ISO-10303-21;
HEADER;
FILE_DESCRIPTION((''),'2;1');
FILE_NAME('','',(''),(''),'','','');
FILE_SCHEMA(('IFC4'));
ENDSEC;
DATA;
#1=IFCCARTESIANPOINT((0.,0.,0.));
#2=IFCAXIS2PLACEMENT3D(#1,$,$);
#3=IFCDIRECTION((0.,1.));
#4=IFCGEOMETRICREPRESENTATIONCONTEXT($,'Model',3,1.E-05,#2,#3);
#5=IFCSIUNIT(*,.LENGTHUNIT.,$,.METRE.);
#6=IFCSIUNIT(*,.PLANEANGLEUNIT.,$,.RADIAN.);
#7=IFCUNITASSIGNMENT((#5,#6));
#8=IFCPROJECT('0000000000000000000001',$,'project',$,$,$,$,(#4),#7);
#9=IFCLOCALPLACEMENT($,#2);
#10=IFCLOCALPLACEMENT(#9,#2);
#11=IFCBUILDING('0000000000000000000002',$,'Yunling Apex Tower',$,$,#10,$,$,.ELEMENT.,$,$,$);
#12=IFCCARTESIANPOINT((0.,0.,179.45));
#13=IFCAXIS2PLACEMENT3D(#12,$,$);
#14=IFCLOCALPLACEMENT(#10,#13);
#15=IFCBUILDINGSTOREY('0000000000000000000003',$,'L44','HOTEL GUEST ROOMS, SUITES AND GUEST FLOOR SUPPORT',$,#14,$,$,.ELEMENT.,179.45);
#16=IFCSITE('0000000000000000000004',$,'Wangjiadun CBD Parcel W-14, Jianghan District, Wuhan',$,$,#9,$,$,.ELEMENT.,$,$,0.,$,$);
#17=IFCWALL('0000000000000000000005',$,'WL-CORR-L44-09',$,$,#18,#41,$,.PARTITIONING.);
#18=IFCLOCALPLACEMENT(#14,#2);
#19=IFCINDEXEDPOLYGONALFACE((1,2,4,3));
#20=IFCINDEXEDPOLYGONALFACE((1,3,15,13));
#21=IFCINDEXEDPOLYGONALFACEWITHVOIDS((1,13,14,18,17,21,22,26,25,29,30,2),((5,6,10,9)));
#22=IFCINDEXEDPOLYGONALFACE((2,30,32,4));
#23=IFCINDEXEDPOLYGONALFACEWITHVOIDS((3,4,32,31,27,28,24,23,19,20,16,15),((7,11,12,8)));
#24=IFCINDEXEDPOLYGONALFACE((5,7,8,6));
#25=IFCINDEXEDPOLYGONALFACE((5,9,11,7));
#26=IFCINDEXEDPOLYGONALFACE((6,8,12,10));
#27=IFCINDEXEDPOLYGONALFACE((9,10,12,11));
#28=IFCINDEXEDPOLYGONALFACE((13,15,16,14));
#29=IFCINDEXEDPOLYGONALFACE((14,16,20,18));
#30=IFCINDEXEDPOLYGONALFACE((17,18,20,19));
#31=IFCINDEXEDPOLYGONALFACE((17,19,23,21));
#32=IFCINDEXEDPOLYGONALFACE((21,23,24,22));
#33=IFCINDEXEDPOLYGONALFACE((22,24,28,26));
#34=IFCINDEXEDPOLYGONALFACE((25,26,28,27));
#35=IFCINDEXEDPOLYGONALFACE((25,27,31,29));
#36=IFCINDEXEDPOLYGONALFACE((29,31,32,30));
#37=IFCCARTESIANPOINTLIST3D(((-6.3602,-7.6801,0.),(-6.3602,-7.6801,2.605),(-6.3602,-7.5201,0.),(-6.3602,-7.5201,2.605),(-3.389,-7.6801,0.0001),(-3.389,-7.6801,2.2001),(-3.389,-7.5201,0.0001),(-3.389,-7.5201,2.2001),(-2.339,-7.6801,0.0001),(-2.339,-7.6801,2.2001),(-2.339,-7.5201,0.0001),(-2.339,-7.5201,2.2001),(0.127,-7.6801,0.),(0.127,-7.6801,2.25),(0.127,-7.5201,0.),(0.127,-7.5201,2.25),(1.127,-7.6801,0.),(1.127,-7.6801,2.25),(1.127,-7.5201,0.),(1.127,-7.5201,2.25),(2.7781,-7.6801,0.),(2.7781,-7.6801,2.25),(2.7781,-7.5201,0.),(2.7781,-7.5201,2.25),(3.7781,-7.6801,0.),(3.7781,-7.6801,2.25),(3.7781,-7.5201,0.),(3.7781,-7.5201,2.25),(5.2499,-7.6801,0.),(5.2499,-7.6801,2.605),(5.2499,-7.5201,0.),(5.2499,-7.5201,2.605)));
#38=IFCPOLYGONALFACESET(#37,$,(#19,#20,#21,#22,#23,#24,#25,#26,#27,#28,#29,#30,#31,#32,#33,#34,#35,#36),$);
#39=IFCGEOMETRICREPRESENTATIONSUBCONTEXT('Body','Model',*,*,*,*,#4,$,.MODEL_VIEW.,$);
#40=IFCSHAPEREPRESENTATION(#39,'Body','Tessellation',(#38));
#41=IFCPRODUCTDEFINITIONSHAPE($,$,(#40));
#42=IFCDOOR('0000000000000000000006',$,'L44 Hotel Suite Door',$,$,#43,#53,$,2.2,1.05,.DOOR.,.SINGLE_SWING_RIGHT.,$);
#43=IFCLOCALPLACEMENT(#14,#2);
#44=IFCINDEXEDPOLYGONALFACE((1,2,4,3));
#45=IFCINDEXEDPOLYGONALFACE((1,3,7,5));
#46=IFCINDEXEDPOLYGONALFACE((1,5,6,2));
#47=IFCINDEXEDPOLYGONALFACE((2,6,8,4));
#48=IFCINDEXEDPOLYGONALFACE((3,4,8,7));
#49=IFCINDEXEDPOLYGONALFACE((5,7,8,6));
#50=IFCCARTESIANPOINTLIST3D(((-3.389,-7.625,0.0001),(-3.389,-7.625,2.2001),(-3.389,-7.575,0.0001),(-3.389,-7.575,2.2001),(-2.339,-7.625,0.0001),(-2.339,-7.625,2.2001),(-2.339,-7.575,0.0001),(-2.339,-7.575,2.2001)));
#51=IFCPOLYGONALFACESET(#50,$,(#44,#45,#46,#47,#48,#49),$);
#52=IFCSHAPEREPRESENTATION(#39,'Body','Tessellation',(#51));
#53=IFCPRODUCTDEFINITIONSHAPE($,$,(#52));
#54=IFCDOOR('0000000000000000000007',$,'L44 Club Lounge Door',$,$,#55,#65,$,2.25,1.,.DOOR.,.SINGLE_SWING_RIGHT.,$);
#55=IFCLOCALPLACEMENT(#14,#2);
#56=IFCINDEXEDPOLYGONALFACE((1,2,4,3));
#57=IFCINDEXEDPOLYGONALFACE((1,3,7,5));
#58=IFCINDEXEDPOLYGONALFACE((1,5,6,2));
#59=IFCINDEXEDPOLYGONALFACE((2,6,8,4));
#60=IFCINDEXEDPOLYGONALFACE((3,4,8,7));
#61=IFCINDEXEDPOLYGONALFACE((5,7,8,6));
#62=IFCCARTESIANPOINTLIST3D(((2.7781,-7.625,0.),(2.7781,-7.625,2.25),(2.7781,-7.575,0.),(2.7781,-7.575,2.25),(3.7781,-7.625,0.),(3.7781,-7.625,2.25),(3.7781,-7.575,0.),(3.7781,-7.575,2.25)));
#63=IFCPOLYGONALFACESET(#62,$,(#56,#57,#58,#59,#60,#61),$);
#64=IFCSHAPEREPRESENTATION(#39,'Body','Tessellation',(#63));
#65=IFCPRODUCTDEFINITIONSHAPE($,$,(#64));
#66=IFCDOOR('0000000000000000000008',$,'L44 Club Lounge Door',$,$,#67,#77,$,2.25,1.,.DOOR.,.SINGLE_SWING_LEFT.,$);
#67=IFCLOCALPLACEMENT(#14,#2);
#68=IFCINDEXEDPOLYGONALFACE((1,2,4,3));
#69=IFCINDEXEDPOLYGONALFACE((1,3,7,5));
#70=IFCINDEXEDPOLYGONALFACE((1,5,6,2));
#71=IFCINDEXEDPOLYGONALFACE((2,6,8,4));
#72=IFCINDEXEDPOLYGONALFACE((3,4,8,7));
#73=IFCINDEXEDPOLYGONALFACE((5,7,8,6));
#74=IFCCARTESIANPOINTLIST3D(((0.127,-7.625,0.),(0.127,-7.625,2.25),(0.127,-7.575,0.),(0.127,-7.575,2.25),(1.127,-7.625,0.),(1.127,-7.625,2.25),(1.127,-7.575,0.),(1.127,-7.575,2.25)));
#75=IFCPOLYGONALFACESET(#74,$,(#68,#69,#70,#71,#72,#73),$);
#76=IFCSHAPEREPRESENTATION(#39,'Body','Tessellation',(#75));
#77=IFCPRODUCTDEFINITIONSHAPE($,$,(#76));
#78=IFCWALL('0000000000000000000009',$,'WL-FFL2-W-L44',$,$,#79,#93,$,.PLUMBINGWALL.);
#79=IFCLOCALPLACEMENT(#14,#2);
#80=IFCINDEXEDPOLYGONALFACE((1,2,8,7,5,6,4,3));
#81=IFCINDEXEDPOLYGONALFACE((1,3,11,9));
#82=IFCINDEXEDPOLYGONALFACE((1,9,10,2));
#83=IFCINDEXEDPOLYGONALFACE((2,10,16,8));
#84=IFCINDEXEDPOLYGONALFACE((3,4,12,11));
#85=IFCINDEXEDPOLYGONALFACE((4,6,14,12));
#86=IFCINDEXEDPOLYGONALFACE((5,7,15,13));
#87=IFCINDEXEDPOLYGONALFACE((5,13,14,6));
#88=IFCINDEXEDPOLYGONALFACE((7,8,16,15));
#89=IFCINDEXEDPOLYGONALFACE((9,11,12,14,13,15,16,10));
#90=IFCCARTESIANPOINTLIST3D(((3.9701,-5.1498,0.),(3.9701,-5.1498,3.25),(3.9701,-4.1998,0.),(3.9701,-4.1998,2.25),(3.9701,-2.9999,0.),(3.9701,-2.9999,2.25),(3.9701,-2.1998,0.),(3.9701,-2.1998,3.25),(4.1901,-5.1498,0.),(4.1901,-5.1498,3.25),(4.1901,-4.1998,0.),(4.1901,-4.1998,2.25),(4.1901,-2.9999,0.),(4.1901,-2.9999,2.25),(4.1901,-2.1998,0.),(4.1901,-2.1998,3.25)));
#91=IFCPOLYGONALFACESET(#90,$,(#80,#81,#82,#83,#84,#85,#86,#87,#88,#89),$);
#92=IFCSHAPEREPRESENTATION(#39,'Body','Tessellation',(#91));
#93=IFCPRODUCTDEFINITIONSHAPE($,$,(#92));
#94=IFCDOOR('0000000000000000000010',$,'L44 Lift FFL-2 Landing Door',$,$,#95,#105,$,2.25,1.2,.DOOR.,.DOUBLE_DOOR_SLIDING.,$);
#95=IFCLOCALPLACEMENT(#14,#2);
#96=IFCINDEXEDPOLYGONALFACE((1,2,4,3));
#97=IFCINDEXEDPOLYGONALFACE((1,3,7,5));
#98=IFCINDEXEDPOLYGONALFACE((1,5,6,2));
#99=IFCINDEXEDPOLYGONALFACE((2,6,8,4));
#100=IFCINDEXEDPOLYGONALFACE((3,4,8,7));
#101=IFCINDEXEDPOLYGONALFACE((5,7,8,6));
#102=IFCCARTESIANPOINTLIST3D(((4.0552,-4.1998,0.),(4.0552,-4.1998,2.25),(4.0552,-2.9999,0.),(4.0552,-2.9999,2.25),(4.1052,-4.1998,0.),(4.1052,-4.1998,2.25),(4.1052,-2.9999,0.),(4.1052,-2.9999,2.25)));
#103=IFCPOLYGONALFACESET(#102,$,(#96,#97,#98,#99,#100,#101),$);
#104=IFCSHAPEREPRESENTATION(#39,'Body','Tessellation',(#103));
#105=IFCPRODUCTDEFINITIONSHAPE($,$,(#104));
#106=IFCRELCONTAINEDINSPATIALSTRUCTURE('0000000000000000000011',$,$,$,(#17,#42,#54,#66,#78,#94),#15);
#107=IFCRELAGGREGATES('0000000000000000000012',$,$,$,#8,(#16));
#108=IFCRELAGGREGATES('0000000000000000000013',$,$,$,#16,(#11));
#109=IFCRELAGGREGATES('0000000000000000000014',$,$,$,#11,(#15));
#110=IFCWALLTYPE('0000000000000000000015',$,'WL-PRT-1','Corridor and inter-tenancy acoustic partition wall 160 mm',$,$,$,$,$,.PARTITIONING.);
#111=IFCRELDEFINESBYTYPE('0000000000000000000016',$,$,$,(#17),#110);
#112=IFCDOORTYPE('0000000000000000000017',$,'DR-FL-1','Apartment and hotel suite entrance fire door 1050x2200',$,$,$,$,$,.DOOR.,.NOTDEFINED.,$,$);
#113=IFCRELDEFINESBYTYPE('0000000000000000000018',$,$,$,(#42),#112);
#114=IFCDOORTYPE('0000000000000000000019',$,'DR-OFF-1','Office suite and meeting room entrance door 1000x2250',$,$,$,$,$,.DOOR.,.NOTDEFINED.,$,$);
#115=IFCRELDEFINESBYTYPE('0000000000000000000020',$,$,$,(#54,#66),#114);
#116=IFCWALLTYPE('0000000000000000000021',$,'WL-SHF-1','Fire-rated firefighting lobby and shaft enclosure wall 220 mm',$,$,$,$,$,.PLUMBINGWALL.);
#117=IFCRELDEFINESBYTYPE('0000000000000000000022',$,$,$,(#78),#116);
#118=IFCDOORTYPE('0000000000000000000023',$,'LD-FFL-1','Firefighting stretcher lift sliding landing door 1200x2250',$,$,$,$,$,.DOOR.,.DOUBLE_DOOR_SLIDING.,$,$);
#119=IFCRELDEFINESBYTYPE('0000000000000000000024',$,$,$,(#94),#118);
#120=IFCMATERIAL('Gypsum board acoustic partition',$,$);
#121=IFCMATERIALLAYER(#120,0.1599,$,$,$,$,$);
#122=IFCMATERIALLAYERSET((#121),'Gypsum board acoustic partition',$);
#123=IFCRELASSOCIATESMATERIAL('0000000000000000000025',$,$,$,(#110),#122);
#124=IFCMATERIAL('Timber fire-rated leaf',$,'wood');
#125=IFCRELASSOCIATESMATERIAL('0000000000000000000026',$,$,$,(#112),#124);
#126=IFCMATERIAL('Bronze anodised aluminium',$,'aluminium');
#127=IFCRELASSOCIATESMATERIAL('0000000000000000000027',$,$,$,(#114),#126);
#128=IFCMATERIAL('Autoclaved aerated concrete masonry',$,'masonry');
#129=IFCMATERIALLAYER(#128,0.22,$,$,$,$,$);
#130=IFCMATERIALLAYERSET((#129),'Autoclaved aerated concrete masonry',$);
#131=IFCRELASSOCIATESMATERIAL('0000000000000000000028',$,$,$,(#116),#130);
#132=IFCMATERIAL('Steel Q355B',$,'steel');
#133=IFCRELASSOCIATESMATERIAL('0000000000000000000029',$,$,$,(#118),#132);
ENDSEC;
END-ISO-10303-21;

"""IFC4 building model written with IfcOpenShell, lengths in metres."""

from ifc_helpers import new_model, si_unit, direction, frame, frame_2d, origin, place, context, subcontext, project, spatial, rectangle, extrude, material, layer, layer_set, type_object, element, fill, save


model = new_model("IFC4")

# Units and contexts
model_context = context("Model", 3, precision=1e-05, world=origin(), true_north=direction((0.0, 1.0)))
body_context = subcontext(model_context, "Body", "Model", "MODEL_VIEW")
ifc_project = project(units=[si_unit("LENGTHUNIT", "METRE"), si_unit("PLANEANGLEUNIT", "RADIAN")], contexts=[model_context])

# Site, building, storey
site_placement = place(None, origin())
site = spatial("IfcSite", under=ifc_project, at=site_placement, Name="Wangjiadun CBD Parcel W-14, Jianghan District, Wuhan", CompositionType="ELEMENT", RefElevation=0.0)
building_placement = place(site_placement, origin())
building = spatial("IfcBuilding", under=site, at=building_placement, Name="Yunling Apex Tower", CompositionType="ELEMENT")
storey_placement = place(building_placement, frame((0.0, 0.0, 179.45)))
storey = spatial("IfcBuildingStorey", under=building, at=storey_placement, Name="L44", Description="HOTEL GUEST ROOMS, SUITES AND GUEST FLOOR SUPPORT", CompositionType="ELEMENT", Elevation=179.45)

# Shared definitions
ifc_material_1 = material(Name="Steel Q355B", Category="steel")

# Shared definitions
ifc_material_2 = material(Name="Bronze anodised aluminium", Category="aluminium")

# Shared definitions
ifc_material_3 = material(Name="Gypsum board acoustic partition")
ifc_layer_1 = layer(ifc_material_3, 0.1599)
ifc_layer_set_1 = layer_set([ifc_layer_1], Name="Gypsum board acoustic partition")
wall_type_1 = type_object("IfcWallType", Name="WL-PRT-1", Description="Corridor and inter-tenancy acoustic partition wall 160 mm", PredefinedType="PARTITIONING", material=ifc_layer_set_1)

# Wall, openings, doors
wall_1_placement = place(storey_placement, frame((5.25, -7.6001, 0.0), z_axis=(0.0, 0.0, 1.0), x_axis=(-1.0, 0.0, 0.0)))
wall_1 = element("IfcWall", 1, at=wall_1_placement, inside=storey, type_object=wall_type_1, Name="WL-CORR-L44-09", PredefinedType="PARTITIONING", context=body_context, shape_type="SweptSolid", body=[
    extrude(rectangle(XDim=11.6101, YDim=0.1599, at=frame_2d((5.8052, 0.0))), origin(), (0.0, 0.0, 1.0), 2.605),
])
opening_1_placement = place(wall_1_placement, frame((1.4719, 0.0, 0.0)))
opening_1 = element("IfcOpeningElement", 2, at=opening_1_placement, cuts=wall_1, PredefinedType="OPENING", context=body_context, shape_type="SweptSolid", body=[
    extrude(rectangle(XDim=1.0, YDim=2.25, at=frame_2d((0.5, 1.125))), frame((0.0, 0.0898, 0.0), z_axis=(0.0, -1.0, 0.0), x_axis=(1.0, 0.0, 0.0)), (0.0, 0.0, 1.0), 0.1799),
])
opening_2_placement = place(wall_1_placement, frame((4.123, 0.0, 0.0)))
opening_2 = element("IfcOpeningElement", 3, at=opening_2_placement, cuts=wall_1, PredefinedType="OPENING", context=body_context, shape_type="SweptSolid", body=[
    extrude(rectangle(XDim=1.0, YDim=2.25, at=frame_2d((0.5, 1.125))), frame((0.0, 0.0898, 0.0), z_axis=(0.0, -1.0, 0.0), x_axis=(1.0, 0.0, 0.0)), (0.0, 0.0, 1.0), 0.1799),
])
opening_3_placement = place(wall_1_placement, frame((7.5891, 0.0, 0.0)))
opening_3 = element("IfcOpeningElement", 4, at=opening_3_placement, cuts=wall_1, PredefinedType="OPENING", context=body_context, shape_type="SweptSolid", body=[
    extrude(rectangle(XDim=1.05, YDim=2.2, at=frame_2d((0.5249, 1.1001))), frame((0.0, 0.0898, 0.0), z_axis=(0.0, -1.0, 0.0), x_axis=(1.0, 0.0, 0.0)), (0.0, 0.0, 1.0), 0.1799),
])
ifc_material_4 = material(Name="Timber fire-rated leaf", Category="wood")
door_type_1 = type_object("IfcDoorType", Name="DR-FL-1", Description="Apartment and hotel suite entrance fire door 1050x2200", OperationType="NOTDEFINED", PredefinedType="DOOR", material=ifc_material_4)
door_1_placement = place(opening_3_placement, origin())
door_1 = element("IfcDoor", 5, at=door_1_placement, inside=storey, type_object=door_type_1, Name="L44 Hotel Suite Door", OperationType="SINGLE_SWING_RIGHT", OverallHeight=2.2, OverallWidth=1.05, PredefinedType="DOOR", context=body_context, shape_type="SweptSolid", body=[
    extrude(rectangle(XDim=1.05, YDim=2.2, at=frame_2d((0.5249, 1.1001))), frame((0.0, 0.0249, 0.0), z_axis=(0.0, -1.0, 0.0), x_axis=(1.0, 0.0, 0.0)), (0.0, 0.0, 1.0), 0.05),
])
fill(opening_3, door_1)
door_type_2 = type_object("IfcDoorType", Name="DR-OFF-1", Description="Office suite and meeting room entrance door 1000x2250", OperationType="NOTDEFINED", PredefinedType="DOOR", material=ifc_material_2)
door_2_placement = place(opening_1_placement, origin())
door_2 = element("IfcDoor", 6, at=door_2_placement, inside=storey, type_object=door_type_2, Name="L44 Club Lounge Door", OperationType="SINGLE_SWING_RIGHT", OverallHeight=2.25, OverallWidth=1.0, PredefinedType="DOOR", context=body_context, shape_type="SweptSolid", body=[
    extrude(rectangle(XDim=1.0, YDim=2.25, at=frame_2d((0.5, 1.125))), frame((0.0, 0.0249, 0.0), z_axis=(0.0, -1.0, 0.0), x_axis=(1.0, 0.0, 0.0)), (0.0, 0.0, 1.0), 0.05),
])
fill(opening_1, door_2)
door_3_placement = place(opening_2_placement, origin())
door_3 = element("IfcDoor", 7, at=door_3_placement, inside=storey, type_object=door_type_2, Name="L44 Club Lounge Door", OperationType="SINGLE_SWING_LEFT", OverallHeight=2.25, OverallWidth=1.0, PredefinedType="DOOR", context=body_context, shape_type="SweptSolid", body=[
    extrude(rectangle(XDim=1.0, YDim=2.25, at=frame_2d((0.5, 1.125))), frame((0.0, 0.0249, 0.0), z_axis=(0.0, -1.0, 0.0), x_axis=(1.0, 0.0, 0.0)), (0.0, 0.0, 1.0), 0.05),
])
fill(opening_2, door_3)

# Wall, opening, door
ifc_material_5 = material(Name="Autoclaved aerated concrete masonry", Category="masonry")
ifc_layer_2 = layer(ifc_material_5, 0.22)
ifc_layer_set_2 = layer_set([ifc_layer_2], Name="Autoclaved aerated concrete masonry")
wall_type_2 = type_object("IfcWallType", Name="WL-SHF-1", Description="Fire-rated firefighting lobby and shaft enclosure wall 220 mm", PredefinedType="PLUMBINGWALL", material=ifc_layer_set_2)
wall_2_placement = place(storey_placement, frame((4.0801, -5.1499, 0.0), z_axis=(0.0, 0.0, 1.0), x_axis=(0.0, 1.0, 0.0)))
wall_2 = element("IfcWall", 8, at=wall_2_placement, inside=storey, type_object=wall_type_2, Name="WL-FFL2-W-L44", PredefinedType="PLUMBINGWALL", context=body_context, shape_type="SweptSolid", body=[
    extrude(rectangle(XDim=2.95, YDim=0.22, at=frame_2d((1.4751, 0.0))), origin(), (0.0, 0.0, 1.0), 3.25),
])
opening_4_placement = place(wall_2_placement, frame((0.95, 0.0, 0.0)))
opening_4 = element("IfcOpeningElement", 9, at=opening_4_placement, cuts=wall_2, PredefinedType="OPENING", context=body_context, shape_type="SweptSolid", body=[
    extrude(rectangle(XDim=1.2, YDim=2.25, at=frame_2d((0.6001, 1.125))), frame((0.0, 0.1201, 0.0), z_axis=(0.0, -1.0, 0.0), x_axis=(1.0, 0.0, 0.0)), (0.0, 0.0, 1.0), 0.24),
])
door_type_3 = type_object("IfcDoorType", Name="LD-FFL-1", Description="Firefighting stretcher lift sliding landing door 1200x2250", OperationType="DOUBLE_DOOR_SLIDING", PredefinedType="DOOR", material=ifc_material_1)
door_4_placement = place(opening_4_placement, origin())
door_4 = element("IfcDoor", 10, at=door_4_placement, inside=storey, type_object=door_type_3, Name="L44 Lift FFL-2 Landing Door", OperationType="DOUBLE_DOOR_SLIDING", OverallHeight=2.25, OverallWidth=1.2, PredefinedType="DOOR", context=body_context, shape_type="SweptSolid", body=[
    extrude(rectangle(XDim=1.2, YDim=2.25, at=frame_2d((0.6001, 1.125))), frame((0.0, 0.0249, 0.0), z_axis=(0.0, -1.0, 0.0), x_axis=(1.0, 0.0, 0.0)), (0.0, 0.0, 1.0), 0.05),
])
fill(opening_4, door_4)

save(model, "model.ifc")
